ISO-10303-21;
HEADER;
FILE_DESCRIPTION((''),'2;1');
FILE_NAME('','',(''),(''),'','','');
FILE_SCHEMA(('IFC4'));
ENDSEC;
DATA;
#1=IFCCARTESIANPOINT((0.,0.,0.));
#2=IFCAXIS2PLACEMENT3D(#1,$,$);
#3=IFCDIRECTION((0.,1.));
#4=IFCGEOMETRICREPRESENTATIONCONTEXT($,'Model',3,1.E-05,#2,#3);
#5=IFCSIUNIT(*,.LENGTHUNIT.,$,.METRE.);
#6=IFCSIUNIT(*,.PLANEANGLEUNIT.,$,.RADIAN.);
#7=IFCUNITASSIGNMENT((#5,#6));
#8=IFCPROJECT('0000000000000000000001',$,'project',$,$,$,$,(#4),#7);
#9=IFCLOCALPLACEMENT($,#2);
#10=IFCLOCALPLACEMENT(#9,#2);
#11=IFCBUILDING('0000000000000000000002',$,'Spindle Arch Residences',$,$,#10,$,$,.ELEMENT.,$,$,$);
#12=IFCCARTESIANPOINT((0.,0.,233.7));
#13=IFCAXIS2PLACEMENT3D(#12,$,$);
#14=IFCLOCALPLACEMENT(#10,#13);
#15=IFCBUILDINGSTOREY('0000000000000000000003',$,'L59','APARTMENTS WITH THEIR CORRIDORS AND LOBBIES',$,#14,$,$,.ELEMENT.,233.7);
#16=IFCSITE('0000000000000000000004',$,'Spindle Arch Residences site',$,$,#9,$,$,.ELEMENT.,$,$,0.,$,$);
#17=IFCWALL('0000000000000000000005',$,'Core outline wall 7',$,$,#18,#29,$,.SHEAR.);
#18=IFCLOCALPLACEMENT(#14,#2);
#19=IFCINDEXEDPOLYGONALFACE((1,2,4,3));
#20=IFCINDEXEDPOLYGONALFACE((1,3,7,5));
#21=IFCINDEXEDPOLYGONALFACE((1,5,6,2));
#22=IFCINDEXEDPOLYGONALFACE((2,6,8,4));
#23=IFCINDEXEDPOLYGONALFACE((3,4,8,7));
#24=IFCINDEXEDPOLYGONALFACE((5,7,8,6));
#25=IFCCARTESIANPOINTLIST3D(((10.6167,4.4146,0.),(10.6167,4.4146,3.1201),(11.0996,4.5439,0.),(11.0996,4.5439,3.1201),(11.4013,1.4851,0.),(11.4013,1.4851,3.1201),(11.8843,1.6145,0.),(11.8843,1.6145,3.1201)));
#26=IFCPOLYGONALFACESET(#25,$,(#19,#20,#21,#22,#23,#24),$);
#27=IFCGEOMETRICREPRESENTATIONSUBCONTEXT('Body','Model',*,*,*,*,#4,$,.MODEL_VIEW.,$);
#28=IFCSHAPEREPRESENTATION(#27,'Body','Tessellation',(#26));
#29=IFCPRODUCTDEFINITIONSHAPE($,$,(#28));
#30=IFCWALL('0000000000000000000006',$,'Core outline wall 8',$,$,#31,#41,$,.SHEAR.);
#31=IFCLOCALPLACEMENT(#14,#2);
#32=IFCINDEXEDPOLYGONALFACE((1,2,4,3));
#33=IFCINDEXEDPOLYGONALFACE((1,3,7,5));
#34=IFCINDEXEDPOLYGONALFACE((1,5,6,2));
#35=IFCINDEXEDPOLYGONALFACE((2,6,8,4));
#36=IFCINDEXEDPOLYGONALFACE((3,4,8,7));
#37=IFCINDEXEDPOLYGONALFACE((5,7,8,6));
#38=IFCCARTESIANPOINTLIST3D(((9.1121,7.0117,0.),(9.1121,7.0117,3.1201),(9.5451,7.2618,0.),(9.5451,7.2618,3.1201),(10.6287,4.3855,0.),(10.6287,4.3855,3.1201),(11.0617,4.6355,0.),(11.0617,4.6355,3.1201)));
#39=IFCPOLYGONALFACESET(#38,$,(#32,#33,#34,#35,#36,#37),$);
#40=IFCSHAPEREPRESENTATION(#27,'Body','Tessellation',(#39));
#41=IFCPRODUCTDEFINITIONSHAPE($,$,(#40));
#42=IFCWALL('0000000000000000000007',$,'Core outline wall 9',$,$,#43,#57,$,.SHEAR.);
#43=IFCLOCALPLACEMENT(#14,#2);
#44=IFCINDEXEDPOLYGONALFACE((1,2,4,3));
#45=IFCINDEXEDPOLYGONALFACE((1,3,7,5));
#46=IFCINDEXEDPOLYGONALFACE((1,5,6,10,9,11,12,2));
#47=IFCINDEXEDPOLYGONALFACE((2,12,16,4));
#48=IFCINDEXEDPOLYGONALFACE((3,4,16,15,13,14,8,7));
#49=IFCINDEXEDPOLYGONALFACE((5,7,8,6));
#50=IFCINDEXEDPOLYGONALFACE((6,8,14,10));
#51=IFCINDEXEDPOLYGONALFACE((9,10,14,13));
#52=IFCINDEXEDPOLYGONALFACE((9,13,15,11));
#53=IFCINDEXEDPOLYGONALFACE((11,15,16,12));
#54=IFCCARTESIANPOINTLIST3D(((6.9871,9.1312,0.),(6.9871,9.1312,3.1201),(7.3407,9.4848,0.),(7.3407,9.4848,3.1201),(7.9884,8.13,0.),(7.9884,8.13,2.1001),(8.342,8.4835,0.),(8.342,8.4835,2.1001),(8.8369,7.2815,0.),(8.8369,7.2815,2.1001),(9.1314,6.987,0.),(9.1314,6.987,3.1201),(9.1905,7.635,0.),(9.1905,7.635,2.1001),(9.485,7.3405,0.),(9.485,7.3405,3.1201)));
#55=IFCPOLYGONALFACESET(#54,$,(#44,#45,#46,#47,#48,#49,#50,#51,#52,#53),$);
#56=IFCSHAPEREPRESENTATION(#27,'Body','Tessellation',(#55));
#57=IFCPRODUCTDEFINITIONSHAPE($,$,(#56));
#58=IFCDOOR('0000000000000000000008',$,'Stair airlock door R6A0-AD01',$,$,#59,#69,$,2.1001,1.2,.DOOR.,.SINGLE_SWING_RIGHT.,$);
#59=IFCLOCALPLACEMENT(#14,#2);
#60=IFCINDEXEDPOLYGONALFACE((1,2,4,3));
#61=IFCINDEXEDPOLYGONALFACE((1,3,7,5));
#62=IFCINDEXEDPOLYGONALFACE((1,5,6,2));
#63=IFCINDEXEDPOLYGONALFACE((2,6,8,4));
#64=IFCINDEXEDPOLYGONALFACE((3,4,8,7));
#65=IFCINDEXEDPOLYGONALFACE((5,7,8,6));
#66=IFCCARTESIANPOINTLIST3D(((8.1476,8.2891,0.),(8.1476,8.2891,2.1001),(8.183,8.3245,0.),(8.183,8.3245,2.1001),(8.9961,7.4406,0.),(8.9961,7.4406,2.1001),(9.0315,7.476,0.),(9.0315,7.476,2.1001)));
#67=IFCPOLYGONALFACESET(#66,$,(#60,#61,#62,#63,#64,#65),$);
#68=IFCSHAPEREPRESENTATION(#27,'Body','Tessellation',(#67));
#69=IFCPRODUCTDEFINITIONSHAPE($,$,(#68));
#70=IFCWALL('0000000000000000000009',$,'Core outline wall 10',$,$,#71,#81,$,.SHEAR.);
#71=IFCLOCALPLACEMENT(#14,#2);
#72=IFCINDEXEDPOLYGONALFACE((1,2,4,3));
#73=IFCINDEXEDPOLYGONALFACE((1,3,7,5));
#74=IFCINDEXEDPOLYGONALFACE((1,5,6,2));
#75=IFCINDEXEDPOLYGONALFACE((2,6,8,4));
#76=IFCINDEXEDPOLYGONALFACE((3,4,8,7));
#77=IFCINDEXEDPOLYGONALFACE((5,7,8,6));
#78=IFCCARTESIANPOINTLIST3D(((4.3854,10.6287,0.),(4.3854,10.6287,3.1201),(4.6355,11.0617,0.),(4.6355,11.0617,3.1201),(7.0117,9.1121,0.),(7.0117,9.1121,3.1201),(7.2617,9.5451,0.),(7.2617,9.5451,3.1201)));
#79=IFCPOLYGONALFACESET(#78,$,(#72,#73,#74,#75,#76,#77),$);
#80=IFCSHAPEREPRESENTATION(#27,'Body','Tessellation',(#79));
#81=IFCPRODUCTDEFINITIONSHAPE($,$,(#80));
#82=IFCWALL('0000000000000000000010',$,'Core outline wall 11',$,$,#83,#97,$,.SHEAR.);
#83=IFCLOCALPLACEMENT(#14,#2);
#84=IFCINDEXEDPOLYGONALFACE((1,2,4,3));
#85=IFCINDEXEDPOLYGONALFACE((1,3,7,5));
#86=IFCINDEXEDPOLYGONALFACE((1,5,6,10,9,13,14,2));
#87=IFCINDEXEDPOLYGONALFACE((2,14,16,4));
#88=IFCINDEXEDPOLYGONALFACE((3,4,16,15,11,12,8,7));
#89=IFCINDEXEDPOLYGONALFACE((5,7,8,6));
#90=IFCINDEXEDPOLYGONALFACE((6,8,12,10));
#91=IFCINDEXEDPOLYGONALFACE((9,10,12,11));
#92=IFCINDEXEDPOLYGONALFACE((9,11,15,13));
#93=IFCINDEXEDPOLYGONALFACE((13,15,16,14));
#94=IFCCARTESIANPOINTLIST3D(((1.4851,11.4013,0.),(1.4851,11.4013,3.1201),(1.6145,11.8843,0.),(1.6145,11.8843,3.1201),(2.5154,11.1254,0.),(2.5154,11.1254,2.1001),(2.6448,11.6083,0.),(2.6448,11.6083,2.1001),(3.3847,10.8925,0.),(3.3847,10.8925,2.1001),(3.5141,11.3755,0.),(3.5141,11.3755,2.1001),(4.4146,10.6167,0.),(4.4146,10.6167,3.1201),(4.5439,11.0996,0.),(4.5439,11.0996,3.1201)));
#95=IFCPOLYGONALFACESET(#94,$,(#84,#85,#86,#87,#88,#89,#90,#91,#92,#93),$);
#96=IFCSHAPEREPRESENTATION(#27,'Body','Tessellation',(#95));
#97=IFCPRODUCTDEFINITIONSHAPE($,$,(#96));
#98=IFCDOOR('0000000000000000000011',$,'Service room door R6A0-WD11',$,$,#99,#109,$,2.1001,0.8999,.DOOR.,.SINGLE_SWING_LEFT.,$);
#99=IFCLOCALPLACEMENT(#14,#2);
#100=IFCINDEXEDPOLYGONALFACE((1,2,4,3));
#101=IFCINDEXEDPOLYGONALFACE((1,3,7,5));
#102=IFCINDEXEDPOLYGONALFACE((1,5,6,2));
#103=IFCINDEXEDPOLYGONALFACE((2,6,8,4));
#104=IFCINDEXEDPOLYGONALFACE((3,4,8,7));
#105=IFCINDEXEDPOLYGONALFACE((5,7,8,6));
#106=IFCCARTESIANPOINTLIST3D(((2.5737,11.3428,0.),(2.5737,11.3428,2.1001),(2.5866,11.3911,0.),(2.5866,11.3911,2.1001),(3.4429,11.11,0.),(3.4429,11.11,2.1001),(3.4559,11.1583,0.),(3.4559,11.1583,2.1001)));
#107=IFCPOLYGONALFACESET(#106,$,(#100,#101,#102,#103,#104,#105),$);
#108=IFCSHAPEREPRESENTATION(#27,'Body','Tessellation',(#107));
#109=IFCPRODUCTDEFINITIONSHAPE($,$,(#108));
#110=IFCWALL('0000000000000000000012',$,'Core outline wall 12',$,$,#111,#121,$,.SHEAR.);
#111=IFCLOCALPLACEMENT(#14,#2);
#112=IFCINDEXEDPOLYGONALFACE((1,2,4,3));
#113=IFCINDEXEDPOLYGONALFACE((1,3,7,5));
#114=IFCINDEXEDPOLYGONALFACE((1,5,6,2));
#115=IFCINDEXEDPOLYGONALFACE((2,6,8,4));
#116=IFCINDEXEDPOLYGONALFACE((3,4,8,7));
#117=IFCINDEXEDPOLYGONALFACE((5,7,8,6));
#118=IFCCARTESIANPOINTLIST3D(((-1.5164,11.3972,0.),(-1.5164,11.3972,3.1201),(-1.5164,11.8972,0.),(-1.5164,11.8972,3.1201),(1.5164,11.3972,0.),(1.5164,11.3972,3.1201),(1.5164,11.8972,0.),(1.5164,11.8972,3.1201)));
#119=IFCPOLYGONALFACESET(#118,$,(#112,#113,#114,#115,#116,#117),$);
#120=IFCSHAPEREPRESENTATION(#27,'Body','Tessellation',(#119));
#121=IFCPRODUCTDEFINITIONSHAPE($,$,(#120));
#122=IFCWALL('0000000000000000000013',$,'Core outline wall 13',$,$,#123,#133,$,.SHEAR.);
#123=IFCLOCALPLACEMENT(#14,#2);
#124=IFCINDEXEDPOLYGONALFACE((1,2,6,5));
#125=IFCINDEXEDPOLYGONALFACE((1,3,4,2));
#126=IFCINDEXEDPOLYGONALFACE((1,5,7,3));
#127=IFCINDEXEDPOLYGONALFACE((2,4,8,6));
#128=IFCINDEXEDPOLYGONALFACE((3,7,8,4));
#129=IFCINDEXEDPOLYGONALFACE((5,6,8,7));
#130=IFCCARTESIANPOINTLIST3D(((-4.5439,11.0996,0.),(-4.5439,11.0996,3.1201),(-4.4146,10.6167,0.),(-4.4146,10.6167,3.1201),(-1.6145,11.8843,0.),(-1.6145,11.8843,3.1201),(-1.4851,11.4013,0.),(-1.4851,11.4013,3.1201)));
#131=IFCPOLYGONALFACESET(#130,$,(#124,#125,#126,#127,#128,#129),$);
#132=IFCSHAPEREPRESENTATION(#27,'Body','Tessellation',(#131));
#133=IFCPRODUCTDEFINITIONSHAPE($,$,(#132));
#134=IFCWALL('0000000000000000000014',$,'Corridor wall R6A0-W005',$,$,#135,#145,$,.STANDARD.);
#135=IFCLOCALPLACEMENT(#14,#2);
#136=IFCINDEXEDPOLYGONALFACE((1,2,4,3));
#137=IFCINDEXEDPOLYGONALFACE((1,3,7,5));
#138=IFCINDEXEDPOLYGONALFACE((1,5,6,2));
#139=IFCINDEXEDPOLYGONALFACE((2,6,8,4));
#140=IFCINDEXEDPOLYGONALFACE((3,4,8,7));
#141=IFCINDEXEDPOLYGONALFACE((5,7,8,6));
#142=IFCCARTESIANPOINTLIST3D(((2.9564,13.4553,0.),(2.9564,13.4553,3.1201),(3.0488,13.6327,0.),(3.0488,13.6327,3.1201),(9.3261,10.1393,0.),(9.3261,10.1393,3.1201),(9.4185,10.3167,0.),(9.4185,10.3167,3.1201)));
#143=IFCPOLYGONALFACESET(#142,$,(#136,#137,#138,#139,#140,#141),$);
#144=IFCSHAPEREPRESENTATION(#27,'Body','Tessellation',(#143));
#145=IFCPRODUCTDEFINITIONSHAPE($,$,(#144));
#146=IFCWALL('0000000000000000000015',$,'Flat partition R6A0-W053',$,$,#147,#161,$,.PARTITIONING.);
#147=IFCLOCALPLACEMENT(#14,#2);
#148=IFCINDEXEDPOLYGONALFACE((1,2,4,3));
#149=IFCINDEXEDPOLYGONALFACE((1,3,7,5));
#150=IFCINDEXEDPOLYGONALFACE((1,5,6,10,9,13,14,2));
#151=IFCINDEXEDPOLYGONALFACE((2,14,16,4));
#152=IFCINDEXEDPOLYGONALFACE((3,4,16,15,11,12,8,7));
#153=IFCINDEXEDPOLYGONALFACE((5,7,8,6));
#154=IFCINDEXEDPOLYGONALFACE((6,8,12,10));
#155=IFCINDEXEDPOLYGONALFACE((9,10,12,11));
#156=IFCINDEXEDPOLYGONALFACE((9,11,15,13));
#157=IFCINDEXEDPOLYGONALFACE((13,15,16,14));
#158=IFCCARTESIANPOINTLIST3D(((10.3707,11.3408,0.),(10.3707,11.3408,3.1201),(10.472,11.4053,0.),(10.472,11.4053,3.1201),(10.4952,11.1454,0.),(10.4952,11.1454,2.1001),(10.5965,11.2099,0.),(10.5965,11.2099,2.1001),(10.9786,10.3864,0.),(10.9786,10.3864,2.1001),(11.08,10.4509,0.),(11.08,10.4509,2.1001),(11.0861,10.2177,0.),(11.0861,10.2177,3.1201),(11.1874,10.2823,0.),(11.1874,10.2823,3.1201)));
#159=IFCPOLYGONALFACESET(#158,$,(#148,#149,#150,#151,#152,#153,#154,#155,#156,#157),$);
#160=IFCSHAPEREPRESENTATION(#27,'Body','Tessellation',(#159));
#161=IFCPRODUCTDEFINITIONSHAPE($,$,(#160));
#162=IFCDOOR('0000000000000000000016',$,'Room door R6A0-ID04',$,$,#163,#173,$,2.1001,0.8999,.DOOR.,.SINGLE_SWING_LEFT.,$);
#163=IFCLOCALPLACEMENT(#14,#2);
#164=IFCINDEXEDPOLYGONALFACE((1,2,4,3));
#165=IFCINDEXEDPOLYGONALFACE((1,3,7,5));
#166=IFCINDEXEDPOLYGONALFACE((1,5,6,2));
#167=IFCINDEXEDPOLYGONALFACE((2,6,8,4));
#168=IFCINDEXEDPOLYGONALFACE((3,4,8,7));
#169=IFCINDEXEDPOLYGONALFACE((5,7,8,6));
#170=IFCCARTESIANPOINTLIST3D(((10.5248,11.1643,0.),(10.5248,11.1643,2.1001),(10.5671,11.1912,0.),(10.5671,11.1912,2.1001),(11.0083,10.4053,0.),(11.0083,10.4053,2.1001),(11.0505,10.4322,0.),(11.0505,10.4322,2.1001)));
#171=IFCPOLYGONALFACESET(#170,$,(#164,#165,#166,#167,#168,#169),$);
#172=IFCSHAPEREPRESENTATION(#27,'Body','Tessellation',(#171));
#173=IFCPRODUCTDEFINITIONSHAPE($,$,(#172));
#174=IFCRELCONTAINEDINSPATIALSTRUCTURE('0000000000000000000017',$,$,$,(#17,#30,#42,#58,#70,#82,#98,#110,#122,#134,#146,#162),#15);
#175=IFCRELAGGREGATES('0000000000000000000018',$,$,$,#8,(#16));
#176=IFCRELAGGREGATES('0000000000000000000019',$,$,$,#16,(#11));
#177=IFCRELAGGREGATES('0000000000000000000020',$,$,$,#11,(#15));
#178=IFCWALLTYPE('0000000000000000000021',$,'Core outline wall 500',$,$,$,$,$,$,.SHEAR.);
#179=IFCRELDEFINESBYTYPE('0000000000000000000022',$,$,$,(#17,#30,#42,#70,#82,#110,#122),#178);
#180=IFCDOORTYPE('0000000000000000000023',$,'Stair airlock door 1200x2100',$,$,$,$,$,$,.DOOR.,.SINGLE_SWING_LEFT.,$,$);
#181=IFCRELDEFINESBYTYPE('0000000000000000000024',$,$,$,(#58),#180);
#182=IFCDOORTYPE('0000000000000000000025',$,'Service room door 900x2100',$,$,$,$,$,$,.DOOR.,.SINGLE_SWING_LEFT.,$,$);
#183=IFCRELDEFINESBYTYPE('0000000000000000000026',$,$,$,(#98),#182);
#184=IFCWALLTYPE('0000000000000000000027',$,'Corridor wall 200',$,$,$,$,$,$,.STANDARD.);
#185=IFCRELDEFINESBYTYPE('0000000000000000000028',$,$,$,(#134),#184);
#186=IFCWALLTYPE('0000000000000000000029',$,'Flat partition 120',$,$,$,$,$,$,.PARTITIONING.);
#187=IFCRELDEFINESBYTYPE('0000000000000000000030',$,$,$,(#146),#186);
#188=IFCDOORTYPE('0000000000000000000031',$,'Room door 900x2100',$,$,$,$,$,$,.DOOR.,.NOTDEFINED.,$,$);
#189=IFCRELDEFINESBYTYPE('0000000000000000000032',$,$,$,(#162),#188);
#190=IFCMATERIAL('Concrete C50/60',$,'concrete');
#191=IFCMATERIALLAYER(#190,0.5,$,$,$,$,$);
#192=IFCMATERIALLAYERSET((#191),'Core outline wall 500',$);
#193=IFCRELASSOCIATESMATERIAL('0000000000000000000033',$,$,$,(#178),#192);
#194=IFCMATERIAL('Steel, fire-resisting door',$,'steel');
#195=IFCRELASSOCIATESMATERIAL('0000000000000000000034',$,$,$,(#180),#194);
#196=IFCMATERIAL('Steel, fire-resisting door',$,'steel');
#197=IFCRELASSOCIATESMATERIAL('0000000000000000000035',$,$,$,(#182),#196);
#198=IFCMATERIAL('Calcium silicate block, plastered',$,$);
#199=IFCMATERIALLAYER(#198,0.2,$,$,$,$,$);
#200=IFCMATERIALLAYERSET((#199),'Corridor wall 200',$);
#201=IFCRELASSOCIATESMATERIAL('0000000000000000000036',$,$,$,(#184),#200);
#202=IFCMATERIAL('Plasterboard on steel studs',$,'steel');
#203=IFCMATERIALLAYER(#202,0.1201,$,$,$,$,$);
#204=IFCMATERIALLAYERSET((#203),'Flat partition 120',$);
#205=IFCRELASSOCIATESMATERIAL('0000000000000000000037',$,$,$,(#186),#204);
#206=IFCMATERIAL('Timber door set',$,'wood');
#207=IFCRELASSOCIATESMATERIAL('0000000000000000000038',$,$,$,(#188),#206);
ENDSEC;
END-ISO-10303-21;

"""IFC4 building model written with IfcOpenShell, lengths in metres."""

from ifc_helpers import new_model, si_unit, direction, frame, frame_2d, origin, place, context, subcontext, project, spatial, rectangle, extrude, material, layer, layer_set, type_object, element, fill, save


model = new_model("IFC4")

# Units and contexts
model_context = context("Model", 3, precision=1e-05, world=origin(), true_north=direction((0.0, 1.0)))
body_context = subcontext(model_context, "Body", "Model", "MODEL_VIEW")
ifc_project = project(units=[si_unit("LENGTHUNIT", "METRE"), si_unit("PLANEANGLEUNIT", "RADIAN")], contexts=[model_context])

# Site, building, storey
site_placement = place(None, origin())
site = spatial("IfcSite", under=ifc_project, at=site_placement, Name="Spindle Arch Residences site", CompositionType="ELEMENT", RefElevation=0.0)
building_placement = place(site_placement, origin())
building = spatial("IfcBuilding", under=site, at=building_placement, Name="Spindle Arch Residences", CompositionType="ELEMENT")
storey_placement = place(building_placement, frame((0.0, 0.0, 233.7)))
storey = spatial("IfcBuildingStorey", under=building, at=storey_placement, Name="L59", Description="APARTMENTS WITH THEIR CORRIDORS AND LOBBIES", CompositionType="ELEMENT", Elevation=233.7)

# Walls
ifc_material_1 = material(Name="Concrete C50/60", Category="concrete")
ifc_layer_1 = layer(ifc_material_1, 0.5)
ifc_layer_set_1 = layer_set([ifc_layer_1], Name="Core outline wall 500")
wall_type_1 = type_object("IfcWallType", Name="Core outline wall 500", PredefinedType="SHEAR", material=ifc_layer_set_1)
for number, where, z_axis, x_axis, name in (
    (1, (11.6428, 1.5498, 0.0), (0.0, 0.0, 1.0), (-0.258735, 0.965948, 0.0), "Core outline wall 7"),
    (2, (10.8452, 4.5105, 0.0), (0.0, 0.0, 1.0), (-0.500087, 0.865975, 0.0), "Core outline wall 8"),
):
    element("IfcWall", number, at=place(storey_placement, frame(where, z_axis=z_axis, x_axis=x_axis)), inside=storey, type_object=wall_type_1, Name=name, PredefinedType="SHEAR", context=body_context, shape_type="SweptSolid", body=[
        extrude(rectangle(XDim=3.0327, YDim=0.5, at=frame_2d((1.5164, 0.0))), origin(), (0.0, 0.0, 1.0), 3.1201),
    ])

# Wall, opening, door
wall_1_placement = place(storey_placement, frame((9.3081, 7.1638, 0.0), z_axis=(0.0, 0.0, 1.0), x_axis=(-0.707107, 0.707107, 0.0)))
wall_1 = element("IfcWall", 3, at=wall_1_placement, inside=storey, type_object=wall_type_1, Name="Core outline wall 9", PredefinedType="SHEAR", context=body_context, shape_type="SweptSolid", body=[
    extrude(rectangle(XDim=3.0325, YDim=0.5, at=frame_2d((1.5161, 0.0))), origin(), (0.0, 0.0, 1.0), 3.1201),
])
opening_1_placement = place(wall_1_placement, frame((0.4163, 0.0, 0.0)))
opening_1 = element("IfcOpeningElement", 4, at=opening_1_placement, cuts=wall_1, PredefinedType="OPENING", context=body_context, shape_type="SweptSolid", body=[
    extrude(rectangle(XDim=1.2, YDim=2.1001, at=frame_2d((0.6001, 1.05))), frame((0.0, 0.26, 0.0), z_axis=(0.0, -1.0, 0.0), x_axis=(1.0, 0.0, 0.0)), (0.0, 0.0, 1.0), 0.52),
])
ifc_material_2 = material(Name="Steel, fire-resisting door", Category="steel")
door_type_1 = type_object("IfcDoorType", Name="Stair airlock door 1200x2100", OperationType="SINGLE_SWING_LEFT", PredefinedType="DOOR", material=ifc_material_2)
door_1_placement = place(opening_1_placement, origin())
door_1 = element("IfcDoor", 5, at=door_1_placement, inside=storey, type_object=door_type_1, Name="Stair airlock door R6A0-AD01", OperationType="SINGLE_SWING_RIGHT", OverallHeight=2.1001, OverallWidth=1.2, PredefinedType="DOOR", context=body_context, shape_type="SweptSolid", body=[
    extrude(rectangle(XDim=1.2, YDim=2.1001, at=frame_2d((0.6001, 1.05))), frame((0.0, 0.0249, 0.0), z_axis=(0.0, -1.0, 0.0), x_axis=(1.0, 0.0, 0.0)), (0.0, 0.0, 1.0), 0.05),
])
fill(opening_1, door_1)

# Wall
wall_2_placement = place(storey_placement, frame((7.1367, 9.3286, 0.0), z_axis=(0.0, 0.0, 1.0), x_axis=(-0.865975, 0.500087, 0.0)))
element("IfcWall", 6, at=wall_2_placement, inside=storey, type_object=wall_type_1, Name="Core outline wall 10", PredefinedType="SHEAR", context=body_context, shape_type="SweptSolid", body=[
    extrude(rectangle(XDim=3.0327, YDim=0.5, at=frame_2d((1.5164, 0.0))), origin(), (0.0, 0.0, 1.0), 3.1201),
])

# Wall, opening, door
wall_3_placement = place(storey_placement, frame((4.4792, 10.8582, 0.0), z_axis=(0.0, 0.0, 1.0), x_axis=(-0.965948, 0.258735, 0.0)))
wall_3 = element("IfcWall", 7, at=wall_3_placement, inside=storey, type_object=wall_type_1, Name="Core outline wall 11", PredefinedType="SHEAR", context=body_context, shape_type="SweptSolid", body=[
    extrude(rectangle(XDim=3.0327, YDim=0.5, at=frame_2d((1.5164, 0.0))), origin(), (0.0, 0.0, 1.0), 3.1201),
])
opening_2_placement = place(wall_3_placement, frame((1.0662, 0.0, 0.0)))
opening_2 = element("IfcOpeningElement", 8, at=opening_2_placement, cuts=wall_3, PredefinedType="OPENING", context=body_context, shape_type="SweptSolid", body=[
    extrude(rectangle(XDim=0.8999, YDim=2.1001, at=frame_2d((0.45, 1.05))), frame((0.0, 0.26, 0.0), z_axis=(0.0, -1.0, 0.0), x_axis=(1.0, 0.0, 0.0)), (0.0, 0.0, 1.0), 0.52),
])
ifc_material_3 = material(Name="Steel, fire-resisting door", Category="steel")
door_type_2 = type_object("IfcDoorType", Name="Service room door 900x2100", OperationType="SINGLE_SWING_LEFT", PredefinedType="DOOR", material=ifc_material_3)
door_2_placement = place(opening_2_placement, origin())
door_2 = element("IfcDoor", 9, at=door_2_placement, inside=storey, type_object=door_type_2, Name="Service room door R6A0-WD11", OperationType="SINGLE_SWING_LEFT", OverallHeight=2.1001, OverallWidth=0.8999, PredefinedType="DOOR", context=body_context, shape_type="SweptSolid", body=[
    extrude(rectangle(XDim=0.8999, YDim=2.1001, at=frame_2d((0.45, 1.05))), frame((0.0, 0.0249, 0.0), z_axis=(0.0, -1.0, 0.0), x_axis=(1.0, 0.0, 0.0)), (0.0, 0.0, 1.0), 0.05),
])
fill(opening_2, door_2)

# Walls
for number, where, z_axis, x_axis, name in (
    (10, (1.5164, 11.6472, 0.0), (0.0, 0.0, 1.0), (-1.0, 0.0, 0.0), "Core outline wall 12"),
    (11, (-1.5498, 11.6428, 0.0), (0.0, 0.0, 1.0), (-0.965948, -0.258735, 0.0), "Core outline wall 13"),
):
    element("IfcWall", number, at=place(storey_placement, frame(where, z_axis=z_axis, x_axis=x_axis)), inside=storey, type_object=wall_type_1, Name=name, PredefinedType="SHEAR", context=body_context, shape_type="SweptSolid", body=[
        extrude(rectangle(XDim=3.0327, YDim=0.5, at=frame_2d((1.5164, 0.0))), origin(), (0.0, 0.0, 1.0), 3.1201),
    ])
ifc_material_4 = material(Name="Calcium silicate block, plastered")
ifc_layer_2 = layer(ifc_material_4, 0.2)
ifc_layer_set_2 = layer_set([ifc_layer_2], Name="Corridor wall 200")
wall_type_2 = type_object("IfcWallType", Name="Corridor wall 200", PredefinedType="STANDARD", material=ifc_layer_set_2)
wall_4_placement = place(storey_placement, frame((9.3723, 10.228, 0.0), z_axis=(0.0, 0.0, 1.0), x_axis=(-0.887005, 0.461759, 0.0)))
element("IfcWall", 12, at=wall_4_placement, inside=storey, type_object=wall_type_2, Name="Corridor wall R6A0-W005", PredefinedType="STANDARD", context=body_context, shape_type="SweptSolid", body=[
    extrude(rectangle(XDim=7.1812, YDim=0.2, at=frame_2d((3.5906, 0.0))), origin(), (0.0, 0.0, 1.0), 3.1201),
])

# Wall, opening, door
ifc_material_5 = material(Name="Plasterboard on steel studs", Category="steel")
ifc_layer_3 = layer(ifc_material_5, 0.1201)
ifc_layer_set_3 = layer_set([ifc_layer_3], Name="Flat partition 120")
wall_type_3 = type_object("IfcWallType", Name="Flat partition 120", PredefinedType="PARTITIONING", material=ifc_layer_set_3)
wall_5_placement = place(storey_placement, frame((11.1367, 10.25, 0.0), z_axis=(0.0, 0.0, 1.0), x_axis=(-0.537231, 0.843435, 0.0)))
wall_5 = element("IfcWall", 13, at=wall_5_placement, inside=storey, type_object=wall_type_3, Name="Flat partition R6A0-W053", PredefinedType="PARTITIONING", context=body_context, shape_type="SweptSolid", body=[
    extrude(rectangle(XDim=1.3315, YDim=0.1201, at=frame_2d((0.6658, 0.0))), origin(), (0.0, 0.0, 1.0), 3.1201),
])
opening_3_placement = place(wall_5_placement, frame((0.2, 0.0, 0.0)))
opening_3 = element("IfcOpeningElement", 14, at=opening_3_placement, cuts=wall_5, PredefinedType="OPENING", context=body_context, shape_type="SweptSolid", body=[
    extrude(rectangle(XDim=0.8999, YDim=2.1001, at=frame_2d((0.45, 1.05))), frame((0.0, 0.0701, 0.0), z_axis=(0.0, -1.0, 0.0), x_axis=(1.0, 0.0, 0.0)), (0.0, 0.0, 1.0), 0.1401),
])
ifc_material_6 = material(Name="Timber door set", Category="wood")
door_type_3 = type_object("IfcDoorType", Name="Room door 900x2100", OperationType="NOTDEFINED", PredefinedType="DOOR", material=ifc_material_6)
door_3_placement = place(opening_3_placement, origin())
door_3 = element("IfcDoor", 15, at=door_3_placement, inside=storey, type_object=door_type_3, Name="Room door R6A0-ID04", OperationType="SINGLE_SWING_LEFT", OverallHeight=2.1001, OverallWidth=0.8999, PredefinedType="DOOR", context=body_context, shape_type="SweptSolid", body=[
    extrude(rectangle(XDim=0.8999, YDim=2.1001, at=frame_2d((0.45, 1.05))), frame((0.0, 0.0249, 0.0), z_axis=(0.0, -1.0, 0.0), x_axis=(1.0, 0.0, 0.0)), (0.0, 0.0, 1.0), 0.05),
])
fill(opening_3, door_3)

save(model, "model.ifc")
